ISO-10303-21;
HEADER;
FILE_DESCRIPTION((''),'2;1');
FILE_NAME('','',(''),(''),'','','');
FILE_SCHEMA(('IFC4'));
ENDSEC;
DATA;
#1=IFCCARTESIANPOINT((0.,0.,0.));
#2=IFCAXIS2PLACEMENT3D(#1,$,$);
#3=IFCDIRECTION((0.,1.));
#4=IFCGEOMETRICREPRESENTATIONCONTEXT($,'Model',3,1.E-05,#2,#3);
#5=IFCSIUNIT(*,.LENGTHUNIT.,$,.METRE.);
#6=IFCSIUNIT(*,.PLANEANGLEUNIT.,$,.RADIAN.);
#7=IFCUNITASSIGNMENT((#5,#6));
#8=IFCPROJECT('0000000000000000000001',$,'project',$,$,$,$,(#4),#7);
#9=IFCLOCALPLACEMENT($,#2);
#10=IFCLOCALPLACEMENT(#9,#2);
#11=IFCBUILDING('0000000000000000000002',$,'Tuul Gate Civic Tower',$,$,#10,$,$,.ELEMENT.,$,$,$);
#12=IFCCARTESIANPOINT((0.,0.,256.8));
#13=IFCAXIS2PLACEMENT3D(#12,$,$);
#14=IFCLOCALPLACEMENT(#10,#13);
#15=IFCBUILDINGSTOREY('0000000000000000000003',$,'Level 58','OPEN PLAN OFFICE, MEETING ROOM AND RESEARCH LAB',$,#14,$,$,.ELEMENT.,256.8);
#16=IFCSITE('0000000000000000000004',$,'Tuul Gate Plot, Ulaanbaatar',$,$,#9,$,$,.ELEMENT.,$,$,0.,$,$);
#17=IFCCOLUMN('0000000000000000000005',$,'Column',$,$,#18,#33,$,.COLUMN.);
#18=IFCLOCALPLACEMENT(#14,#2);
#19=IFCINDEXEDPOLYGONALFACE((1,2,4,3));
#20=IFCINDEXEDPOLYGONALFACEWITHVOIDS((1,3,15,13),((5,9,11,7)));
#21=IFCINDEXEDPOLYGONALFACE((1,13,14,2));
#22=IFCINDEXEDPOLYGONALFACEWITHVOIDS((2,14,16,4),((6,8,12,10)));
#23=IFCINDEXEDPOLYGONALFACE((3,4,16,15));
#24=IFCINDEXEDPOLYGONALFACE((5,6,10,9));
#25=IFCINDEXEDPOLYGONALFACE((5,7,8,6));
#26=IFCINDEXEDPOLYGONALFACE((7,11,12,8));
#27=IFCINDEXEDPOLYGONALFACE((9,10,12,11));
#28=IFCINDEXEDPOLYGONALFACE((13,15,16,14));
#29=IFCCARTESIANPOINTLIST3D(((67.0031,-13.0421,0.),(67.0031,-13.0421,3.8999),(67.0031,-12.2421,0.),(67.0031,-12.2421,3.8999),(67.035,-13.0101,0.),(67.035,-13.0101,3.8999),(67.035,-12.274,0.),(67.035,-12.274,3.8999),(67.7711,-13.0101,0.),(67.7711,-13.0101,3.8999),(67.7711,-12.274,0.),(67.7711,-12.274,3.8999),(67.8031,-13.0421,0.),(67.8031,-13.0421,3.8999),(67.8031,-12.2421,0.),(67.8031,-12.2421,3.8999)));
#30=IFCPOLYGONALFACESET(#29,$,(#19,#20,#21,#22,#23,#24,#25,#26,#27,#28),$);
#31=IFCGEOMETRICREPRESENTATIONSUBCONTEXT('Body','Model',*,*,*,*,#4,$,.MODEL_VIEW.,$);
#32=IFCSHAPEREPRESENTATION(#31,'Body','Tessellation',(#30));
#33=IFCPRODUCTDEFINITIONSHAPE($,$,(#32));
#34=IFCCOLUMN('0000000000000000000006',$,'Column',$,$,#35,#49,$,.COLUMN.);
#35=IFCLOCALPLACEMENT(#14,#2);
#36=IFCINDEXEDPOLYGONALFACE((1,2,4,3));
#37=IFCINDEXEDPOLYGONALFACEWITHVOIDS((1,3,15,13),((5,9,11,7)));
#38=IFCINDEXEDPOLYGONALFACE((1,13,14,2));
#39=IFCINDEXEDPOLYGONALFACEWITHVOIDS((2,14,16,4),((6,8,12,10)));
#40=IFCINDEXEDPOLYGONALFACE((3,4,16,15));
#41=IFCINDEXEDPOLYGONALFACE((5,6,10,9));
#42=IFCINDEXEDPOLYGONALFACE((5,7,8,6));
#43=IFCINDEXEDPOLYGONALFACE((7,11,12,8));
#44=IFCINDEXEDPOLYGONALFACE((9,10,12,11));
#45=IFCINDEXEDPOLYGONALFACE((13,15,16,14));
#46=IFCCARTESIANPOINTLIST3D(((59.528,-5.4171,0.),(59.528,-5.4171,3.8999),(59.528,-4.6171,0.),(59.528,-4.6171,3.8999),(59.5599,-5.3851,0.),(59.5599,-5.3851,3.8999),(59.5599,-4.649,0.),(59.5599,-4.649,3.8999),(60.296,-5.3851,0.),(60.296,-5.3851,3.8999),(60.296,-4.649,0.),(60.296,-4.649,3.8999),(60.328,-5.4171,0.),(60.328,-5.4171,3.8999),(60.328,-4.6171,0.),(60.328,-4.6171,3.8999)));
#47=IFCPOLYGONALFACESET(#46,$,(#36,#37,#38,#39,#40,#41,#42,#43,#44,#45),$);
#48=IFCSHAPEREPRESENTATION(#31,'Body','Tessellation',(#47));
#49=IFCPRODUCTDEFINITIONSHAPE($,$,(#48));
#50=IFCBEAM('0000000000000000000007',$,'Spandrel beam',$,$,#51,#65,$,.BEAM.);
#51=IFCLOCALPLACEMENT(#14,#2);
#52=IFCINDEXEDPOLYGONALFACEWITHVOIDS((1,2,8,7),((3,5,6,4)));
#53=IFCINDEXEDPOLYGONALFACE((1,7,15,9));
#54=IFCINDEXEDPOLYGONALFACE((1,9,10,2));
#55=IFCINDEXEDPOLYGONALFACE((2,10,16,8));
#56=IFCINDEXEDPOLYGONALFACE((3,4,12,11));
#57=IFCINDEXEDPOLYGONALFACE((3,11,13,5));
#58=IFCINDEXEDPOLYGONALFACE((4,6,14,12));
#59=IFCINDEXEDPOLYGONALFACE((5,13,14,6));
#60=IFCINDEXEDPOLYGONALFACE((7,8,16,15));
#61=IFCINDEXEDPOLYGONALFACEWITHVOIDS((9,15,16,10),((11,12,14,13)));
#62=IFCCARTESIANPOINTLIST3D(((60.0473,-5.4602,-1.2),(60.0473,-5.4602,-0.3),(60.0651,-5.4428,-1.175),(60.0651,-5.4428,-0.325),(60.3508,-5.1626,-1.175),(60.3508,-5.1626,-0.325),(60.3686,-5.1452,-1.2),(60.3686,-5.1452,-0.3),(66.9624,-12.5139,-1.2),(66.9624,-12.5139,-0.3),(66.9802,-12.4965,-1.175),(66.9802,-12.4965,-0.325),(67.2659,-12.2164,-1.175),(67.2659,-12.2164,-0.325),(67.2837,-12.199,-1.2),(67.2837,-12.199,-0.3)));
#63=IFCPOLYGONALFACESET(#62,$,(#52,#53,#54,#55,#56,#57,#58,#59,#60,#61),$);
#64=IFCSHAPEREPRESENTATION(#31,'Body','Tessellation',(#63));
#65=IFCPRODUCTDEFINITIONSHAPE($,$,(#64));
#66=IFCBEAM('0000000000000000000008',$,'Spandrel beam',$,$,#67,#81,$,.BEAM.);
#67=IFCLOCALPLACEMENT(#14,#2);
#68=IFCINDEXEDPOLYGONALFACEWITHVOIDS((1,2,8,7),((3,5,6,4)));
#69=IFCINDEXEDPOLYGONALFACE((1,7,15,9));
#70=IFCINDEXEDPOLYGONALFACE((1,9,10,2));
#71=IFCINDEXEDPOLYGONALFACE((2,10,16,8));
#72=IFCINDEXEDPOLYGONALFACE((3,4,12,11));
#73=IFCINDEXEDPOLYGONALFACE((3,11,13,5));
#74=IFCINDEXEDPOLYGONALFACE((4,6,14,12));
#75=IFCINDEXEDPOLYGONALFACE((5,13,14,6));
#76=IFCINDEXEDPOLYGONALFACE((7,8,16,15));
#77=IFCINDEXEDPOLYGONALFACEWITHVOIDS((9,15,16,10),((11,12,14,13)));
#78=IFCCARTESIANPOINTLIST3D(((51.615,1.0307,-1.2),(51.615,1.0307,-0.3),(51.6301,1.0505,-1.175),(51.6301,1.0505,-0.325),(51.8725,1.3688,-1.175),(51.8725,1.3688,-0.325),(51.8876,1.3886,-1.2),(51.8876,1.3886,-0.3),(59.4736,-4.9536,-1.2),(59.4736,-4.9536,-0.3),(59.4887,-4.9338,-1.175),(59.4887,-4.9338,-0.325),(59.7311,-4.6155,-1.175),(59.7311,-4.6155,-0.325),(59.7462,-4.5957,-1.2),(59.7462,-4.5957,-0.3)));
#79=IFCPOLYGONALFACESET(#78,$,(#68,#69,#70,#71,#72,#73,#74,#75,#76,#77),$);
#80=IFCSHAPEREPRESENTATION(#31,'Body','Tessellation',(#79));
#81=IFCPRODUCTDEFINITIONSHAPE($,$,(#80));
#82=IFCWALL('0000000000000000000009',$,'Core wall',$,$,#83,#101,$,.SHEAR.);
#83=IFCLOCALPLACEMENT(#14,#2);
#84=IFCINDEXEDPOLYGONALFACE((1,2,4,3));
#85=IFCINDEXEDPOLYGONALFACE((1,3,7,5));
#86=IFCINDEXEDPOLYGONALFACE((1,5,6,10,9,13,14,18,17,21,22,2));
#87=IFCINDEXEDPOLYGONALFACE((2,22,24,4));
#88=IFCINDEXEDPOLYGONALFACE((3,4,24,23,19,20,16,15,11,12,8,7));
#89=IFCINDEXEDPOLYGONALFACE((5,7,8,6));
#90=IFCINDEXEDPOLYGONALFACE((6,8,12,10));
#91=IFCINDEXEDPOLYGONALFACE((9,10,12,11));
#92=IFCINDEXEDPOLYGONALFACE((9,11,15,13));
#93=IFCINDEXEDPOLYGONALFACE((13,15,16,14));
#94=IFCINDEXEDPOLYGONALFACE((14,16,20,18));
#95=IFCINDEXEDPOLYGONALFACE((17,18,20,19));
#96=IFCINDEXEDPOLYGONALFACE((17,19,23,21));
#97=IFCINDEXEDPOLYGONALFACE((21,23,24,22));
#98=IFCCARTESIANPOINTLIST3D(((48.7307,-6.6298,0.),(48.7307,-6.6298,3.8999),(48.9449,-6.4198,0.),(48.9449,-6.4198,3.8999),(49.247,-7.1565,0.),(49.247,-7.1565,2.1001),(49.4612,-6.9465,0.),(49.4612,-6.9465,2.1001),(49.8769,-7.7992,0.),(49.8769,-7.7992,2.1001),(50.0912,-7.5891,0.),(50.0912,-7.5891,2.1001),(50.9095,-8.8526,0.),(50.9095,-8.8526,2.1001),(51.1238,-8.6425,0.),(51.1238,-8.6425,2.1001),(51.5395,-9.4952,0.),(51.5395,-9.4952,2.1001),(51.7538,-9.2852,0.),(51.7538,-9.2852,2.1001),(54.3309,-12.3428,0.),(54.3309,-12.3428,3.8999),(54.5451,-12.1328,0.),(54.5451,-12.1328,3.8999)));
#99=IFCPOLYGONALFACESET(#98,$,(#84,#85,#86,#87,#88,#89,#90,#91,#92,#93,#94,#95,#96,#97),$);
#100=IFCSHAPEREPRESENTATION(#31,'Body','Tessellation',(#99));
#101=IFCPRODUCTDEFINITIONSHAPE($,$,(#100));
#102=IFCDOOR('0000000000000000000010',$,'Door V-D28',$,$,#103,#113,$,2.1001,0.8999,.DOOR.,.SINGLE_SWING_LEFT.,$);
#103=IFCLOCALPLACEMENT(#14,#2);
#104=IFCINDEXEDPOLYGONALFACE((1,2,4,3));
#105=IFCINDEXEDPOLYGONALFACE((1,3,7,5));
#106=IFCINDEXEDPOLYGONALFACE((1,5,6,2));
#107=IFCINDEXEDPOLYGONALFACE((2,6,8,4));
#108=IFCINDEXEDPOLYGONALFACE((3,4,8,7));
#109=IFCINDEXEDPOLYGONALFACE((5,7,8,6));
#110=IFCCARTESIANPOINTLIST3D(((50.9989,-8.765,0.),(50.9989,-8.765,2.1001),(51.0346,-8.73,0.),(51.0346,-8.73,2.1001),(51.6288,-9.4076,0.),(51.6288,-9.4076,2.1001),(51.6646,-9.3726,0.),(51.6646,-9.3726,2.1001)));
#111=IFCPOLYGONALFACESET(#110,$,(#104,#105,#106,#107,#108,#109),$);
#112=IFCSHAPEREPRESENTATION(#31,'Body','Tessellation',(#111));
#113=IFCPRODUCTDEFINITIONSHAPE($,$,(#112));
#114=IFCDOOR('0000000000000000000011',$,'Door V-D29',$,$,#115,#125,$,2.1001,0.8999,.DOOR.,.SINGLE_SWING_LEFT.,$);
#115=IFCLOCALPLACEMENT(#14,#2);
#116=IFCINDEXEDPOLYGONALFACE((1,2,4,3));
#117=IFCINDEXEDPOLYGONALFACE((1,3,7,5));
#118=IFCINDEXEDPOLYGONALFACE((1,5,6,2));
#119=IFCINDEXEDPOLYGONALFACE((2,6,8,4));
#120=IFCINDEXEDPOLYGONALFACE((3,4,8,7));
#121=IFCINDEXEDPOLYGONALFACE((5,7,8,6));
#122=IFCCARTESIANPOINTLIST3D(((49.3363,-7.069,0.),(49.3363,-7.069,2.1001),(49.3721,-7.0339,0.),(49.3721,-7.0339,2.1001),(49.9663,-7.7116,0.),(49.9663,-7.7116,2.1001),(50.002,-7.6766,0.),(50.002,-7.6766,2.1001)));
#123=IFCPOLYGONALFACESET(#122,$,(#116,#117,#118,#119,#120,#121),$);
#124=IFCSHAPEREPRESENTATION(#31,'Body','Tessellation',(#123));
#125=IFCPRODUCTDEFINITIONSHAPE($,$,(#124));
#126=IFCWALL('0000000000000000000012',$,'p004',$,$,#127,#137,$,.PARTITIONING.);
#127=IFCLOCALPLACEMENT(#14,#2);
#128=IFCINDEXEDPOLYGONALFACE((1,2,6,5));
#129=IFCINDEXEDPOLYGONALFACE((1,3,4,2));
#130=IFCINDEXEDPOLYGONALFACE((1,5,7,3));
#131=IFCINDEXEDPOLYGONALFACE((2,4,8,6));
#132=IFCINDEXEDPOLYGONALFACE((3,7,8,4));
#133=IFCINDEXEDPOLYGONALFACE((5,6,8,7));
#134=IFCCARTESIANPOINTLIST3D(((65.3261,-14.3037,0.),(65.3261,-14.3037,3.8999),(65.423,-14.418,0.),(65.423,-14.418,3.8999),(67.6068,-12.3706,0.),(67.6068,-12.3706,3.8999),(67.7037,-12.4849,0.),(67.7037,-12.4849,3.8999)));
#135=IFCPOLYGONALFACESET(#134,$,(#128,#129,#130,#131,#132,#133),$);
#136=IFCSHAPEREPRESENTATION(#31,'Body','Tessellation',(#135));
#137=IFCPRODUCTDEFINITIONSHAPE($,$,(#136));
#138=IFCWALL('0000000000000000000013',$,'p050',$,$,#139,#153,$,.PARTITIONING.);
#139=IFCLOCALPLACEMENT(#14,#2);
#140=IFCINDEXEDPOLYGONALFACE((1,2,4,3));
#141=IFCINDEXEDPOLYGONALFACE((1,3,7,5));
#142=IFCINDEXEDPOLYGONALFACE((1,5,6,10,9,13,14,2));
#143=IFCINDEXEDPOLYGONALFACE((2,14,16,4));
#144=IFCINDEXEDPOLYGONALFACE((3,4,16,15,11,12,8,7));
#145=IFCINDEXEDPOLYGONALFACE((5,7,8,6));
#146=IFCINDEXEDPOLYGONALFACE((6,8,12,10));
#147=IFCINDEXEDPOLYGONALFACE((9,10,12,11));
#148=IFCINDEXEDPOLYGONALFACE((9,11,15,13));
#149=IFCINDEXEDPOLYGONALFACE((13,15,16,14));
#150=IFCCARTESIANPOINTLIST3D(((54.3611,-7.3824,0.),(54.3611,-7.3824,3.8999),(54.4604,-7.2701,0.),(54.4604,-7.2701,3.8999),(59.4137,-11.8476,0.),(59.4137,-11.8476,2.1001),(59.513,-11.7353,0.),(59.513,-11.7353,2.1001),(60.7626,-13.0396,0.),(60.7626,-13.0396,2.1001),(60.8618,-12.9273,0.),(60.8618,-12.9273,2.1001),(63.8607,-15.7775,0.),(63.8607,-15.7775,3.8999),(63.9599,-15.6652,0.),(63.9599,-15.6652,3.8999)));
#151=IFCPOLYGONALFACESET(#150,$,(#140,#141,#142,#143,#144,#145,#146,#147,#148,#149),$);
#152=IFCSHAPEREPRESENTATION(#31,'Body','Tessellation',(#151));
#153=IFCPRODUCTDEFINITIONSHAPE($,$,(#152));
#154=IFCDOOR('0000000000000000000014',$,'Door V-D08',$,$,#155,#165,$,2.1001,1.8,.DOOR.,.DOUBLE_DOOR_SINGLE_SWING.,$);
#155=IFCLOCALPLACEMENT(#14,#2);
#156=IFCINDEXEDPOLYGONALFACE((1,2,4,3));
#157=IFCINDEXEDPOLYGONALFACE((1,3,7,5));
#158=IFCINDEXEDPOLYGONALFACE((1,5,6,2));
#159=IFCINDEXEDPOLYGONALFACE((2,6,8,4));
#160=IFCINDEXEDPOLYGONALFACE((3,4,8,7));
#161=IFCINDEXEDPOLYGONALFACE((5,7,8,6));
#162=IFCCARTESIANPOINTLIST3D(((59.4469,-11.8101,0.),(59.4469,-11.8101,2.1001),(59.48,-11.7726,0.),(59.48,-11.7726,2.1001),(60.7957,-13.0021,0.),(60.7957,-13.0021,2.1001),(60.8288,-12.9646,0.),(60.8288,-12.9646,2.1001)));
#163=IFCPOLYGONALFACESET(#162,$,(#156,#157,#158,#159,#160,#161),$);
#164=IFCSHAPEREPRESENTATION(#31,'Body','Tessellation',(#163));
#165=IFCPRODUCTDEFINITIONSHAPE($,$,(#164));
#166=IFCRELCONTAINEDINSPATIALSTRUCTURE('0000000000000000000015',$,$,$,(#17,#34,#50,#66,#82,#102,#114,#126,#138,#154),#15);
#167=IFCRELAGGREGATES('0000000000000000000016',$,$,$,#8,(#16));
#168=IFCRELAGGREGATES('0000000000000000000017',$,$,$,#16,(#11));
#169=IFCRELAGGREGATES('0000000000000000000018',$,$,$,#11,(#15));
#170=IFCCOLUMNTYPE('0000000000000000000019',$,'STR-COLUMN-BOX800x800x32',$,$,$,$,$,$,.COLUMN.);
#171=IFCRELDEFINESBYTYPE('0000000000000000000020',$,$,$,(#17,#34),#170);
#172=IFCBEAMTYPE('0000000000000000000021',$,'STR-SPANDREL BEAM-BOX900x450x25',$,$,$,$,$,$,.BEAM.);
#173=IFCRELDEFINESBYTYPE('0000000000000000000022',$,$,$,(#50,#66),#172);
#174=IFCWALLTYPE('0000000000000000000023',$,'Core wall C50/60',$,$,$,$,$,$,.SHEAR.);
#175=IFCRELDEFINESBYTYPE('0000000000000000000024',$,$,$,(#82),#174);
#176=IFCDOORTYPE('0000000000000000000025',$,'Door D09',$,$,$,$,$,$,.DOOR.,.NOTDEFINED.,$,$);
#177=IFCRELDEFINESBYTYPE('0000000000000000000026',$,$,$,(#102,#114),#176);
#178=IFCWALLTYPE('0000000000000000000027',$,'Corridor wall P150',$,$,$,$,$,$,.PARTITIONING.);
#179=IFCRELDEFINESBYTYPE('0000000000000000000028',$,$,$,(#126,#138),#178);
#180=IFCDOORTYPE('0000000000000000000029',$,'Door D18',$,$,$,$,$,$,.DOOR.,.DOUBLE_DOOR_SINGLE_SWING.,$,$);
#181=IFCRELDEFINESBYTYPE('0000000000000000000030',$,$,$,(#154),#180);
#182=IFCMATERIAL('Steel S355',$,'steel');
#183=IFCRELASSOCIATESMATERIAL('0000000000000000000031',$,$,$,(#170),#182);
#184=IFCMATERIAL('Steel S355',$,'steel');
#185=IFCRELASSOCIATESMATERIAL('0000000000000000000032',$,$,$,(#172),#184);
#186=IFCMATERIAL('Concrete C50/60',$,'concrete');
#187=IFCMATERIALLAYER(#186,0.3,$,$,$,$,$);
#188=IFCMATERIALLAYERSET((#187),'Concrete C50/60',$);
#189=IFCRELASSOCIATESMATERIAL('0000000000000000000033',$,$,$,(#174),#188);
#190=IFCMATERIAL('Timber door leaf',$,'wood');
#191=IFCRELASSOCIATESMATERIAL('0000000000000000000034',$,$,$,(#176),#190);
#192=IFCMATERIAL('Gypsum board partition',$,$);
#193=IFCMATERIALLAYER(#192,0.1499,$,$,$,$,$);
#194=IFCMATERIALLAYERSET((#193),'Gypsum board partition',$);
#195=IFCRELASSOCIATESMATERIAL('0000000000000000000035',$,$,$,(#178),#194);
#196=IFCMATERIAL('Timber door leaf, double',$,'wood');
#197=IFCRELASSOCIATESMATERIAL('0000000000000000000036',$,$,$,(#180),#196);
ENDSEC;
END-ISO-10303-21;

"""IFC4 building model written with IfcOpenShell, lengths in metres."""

from ifc_helpers import new_model, si_unit, direction, frame, frame_2d, origin, origin_2d, place, context, subcontext, project, spatial, rectangle, hollow_rectangle, extrude, material, layer, layer_set, material_profile, profile_set, type_object, element, fill, save


model = new_model("IFC4")

# Units and contexts
model_context = context("Model", 3, precision=1e-05, world=origin(), true_north=direction((0.0, 1.0)))
body_context = subcontext(model_context, "Body", "Model", "MODEL_VIEW")
ifc_project = project(units=[si_unit("LENGTHUNIT", "METRE"), si_unit("PLANEANGLEUNIT", "RADIAN")], contexts=[model_context])

# Site, building, storey
site_placement = place(None, origin())
site = spatial("IfcSite", under=ifc_project, at=site_placement, Name="Tuul Gate Plot, Ulaanbaatar", CompositionType="ELEMENT", RefElevation=0.0)
building_placement = place(site_placement, origin())
building = spatial("IfcBuilding", under=site, at=building_placement, Name="Tuul Gate Civic Tower", CompositionType="ELEMENT")
storey_placement = place(building_placement, frame((0.0, 0.0, 256.8)))
storey = spatial("IfcBuildingStorey", under=building, at=storey_placement, Name="Level 58", Description="OPEN PLAN OFFICE, MEETING ROOM AND RESEARCH LAB", CompositionType="ELEMENT", Elevation=256.8)

# Columns
ifc_material_1 = material(Name="Steel S355", Category="steel")
ifc_material_profile_1 = material_profile(ifc_material_1, hollow_rectangle(XDim=0.8, YDim=0.8, WallThickness=0.032, at=origin_2d()), Name="BOX800x800x32")
ifc_profile_set_1 = profile_set([ifc_material_profile_1], Name="Steel S355")
column_type = type_object("IfcColumnType", Name="STR-COLUMN-BOX800x800x32", PredefinedType="COLUMN", material=ifc_profile_set_1)
for number, where, z_axis, x_axis, name in (
    (1, (67.4031, -12.6421, 0.0), (0.0, 0.0, 1.0), (1.0, 0.0, 0.0), "Column"),
    (2, (59.928, -5.0171, 0.0), (0.0, 0.0, 1.0), (1.0, 0.0, 0.0), "Column"),
):
    element("IfcColumn", number, at=place(storey_placement, frame(where, z_axis=z_axis, x_axis=x_axis)), inside=storey, type_object=column_type, Name=name, PredefinedType="COLUMN", context=body_context, shape_type="SweptSolid", body=[
        extrude(hollow_rectangle(XDim=0.8, YDim=0.8, WallThickness=0.032, at=origin_2d()), origin(), (0.0, 0.0, 1.0), 3.8999),
    ])

# Beams
ifc_material_2 = material(Name="Steel S355", Category="steel")
ifc_material_profile_2 = material_profile(ifc_material_2, hollow_rectangle(XDim=0.45, YDim=0.8999, WallThickness=0.0249, at=origin_2d()), Name="BOX900x450x25")
ifc_profile_set_2 = profile_set([ifc_material_profile_2], Name="Steel S355")
beam_type = type_object("IfcBeamType", Name="STR-SPANDREL BEAM-BOX900x450x25", PredefinedType="BEAM", material=ifc_profile_set_2)
beam_1_placement = place(storey_placement, frame((67.123, -12.3564, -0.75), z_axis=(-0.700053, 0.714091, 0.0), x_axis=(-0.714091, -0.700053, 0.0)))
element("IfcBeam", 3, at=beam_1_placement, inside=storey, type_object=beam_type, Name="Spandrel beam", PredefinedType="BEAM", context=body_context, shape_type="SweptSolid", body=[
    extrude(hollow_rectangle(XDim=0.45, YDim=0.8999, WallThickness=0.0249, at=origin_2d()), origin(), (0.0, 0.0, 1.0), 9.8779),
])
beam_2_placement = place(storey_placement, frame((59.6099, -4.7747, -0.75), z_axis=(-0.795586, 0.605841, 0.0), x_axis=(-0.605841, -0.795586, 0.0)))
element("IfcBeam", 4, at=beam_2_placement, inside=storey, type_object=beam_type, Name="Spandrel beam", PredefinedType="BEAM", context=body_context, shape_type="SweptSolid", body=[
    extrude(hollow_rectangle(XDim=0.45, YDim=0.8999, WallThickness=0.0249, at=origin_2d()), origin(), (0.0, 0.0, 1.0), 9.8777),
])

# Wall, openings, doors
ifc_material_3 = material(Name="Concrete C50/60", Category="concrete")
ifc_layer_1 = layer(ifc_material_3, 0.3)
ifc_layer_set_1 = layer_set([ifc_layer_1], Name="Concrete C50/60")
wall_type_1 = type_object("IfcWallType", Name="Core wall C50/60", PredefinedType="SHEAR", material=ifc_layer_set_1)
wall_1_placement = place(storey_placement, frame((54.438, -12.2378, 0.0), z_axis=(0.0, 0.0, 1.0), x_axis=(-0.700022, 0.714121, 0.0)))
wall_1 = element("IfcWall", 5, at=wall_1_placement, inside=storey, type_object=wall_type_1, Name="Core wall", PredefinedType="SHEAR", context=body_context, shape_type="SweptSolid", body=[
    extrude(rectangle(XDim=8.0, YDim=0.3, at=frame_2d((4.0, 0.0))), origin(), (0.0, 0.0, 1.0), 3.8999),
])
opening_1_placement = place(wall_1_placement, frame((3.9875, 0.0, 0.0)))
opening_1 = element("IfcOpeningElement", 6, at=opening_1_placement, cuts=wall_1, PredefinedType="OPENING", context=body_context, shape_type="SweptSolid", body=[
    extrude(rectangle(XDim=0.8999, YDim=2.1001, at=frame_2d((0.45, 1.05))), frame((0.0, 0.1602, 0.0), z_axis=(0.0, -1.0, 0.0), x_axis=(1.0, 0.0, 0.0)), (0.0, 0.0, 1.0), 0.3201),
])
opening_2_placement = place(wall_1_placement, frame((6.3625, 0.0, 0.0)))
opening_2 = element("IfcOpeningElement", 7, at=opening_2_placement, cuts=wall_1, PredefinedType="OPENING", context=body_context, shape_type="SweptSolid", body=[
    extrude(rectangle(XDim=0.8999, YDim=2.1001, at=frame_2d((0.45, 1.05))), frame((0.0, 0.1602, 0.0), z_axis=(0.0, -1.0, 0.0), x_axis=(1.0, 0.0, 0.0)), (0.0, 0.0, 1.0), 0.3201),
])
ifc_material_4 = material(Name="Timber door leaf", Category="wood")
door_type_1 = type_object("IfcDoorType", Name="Door D09", OperationType="NOTDEFINED", PredefinedType="DOOR", material=ifc_material_4)
door_1_placement = place(opening_1_placement, origin())
door_1 = element("IfcDoor", 8, at=door_1_placement, inside=storey, type_object=door_type_1, Name="Door V-D28", OperationType="SINGLE_SWING_LEFT", OverallHeight=2.1001, OverallWidth=0.8999, PredefinedType="DOOR", context=body_context, shape_type="SweptSolid", body=[
    extrude(rectangle(XDim=0.8999, YDim=2.1001, at=frame_2d((0.45, 1.05))), frame((0.0, 0.0249, 0.0), z_axis=(0.0, -1.0, 0.0), x_axis=(1.0, 0.0, 0.0)), (0.0, 0.0, 1.0), 0.05),
])
fill(opening_1, door_1)
door_2_placement = place(opening_2_placement, origin())
door_2 = element("IfcDoor", 9, at=door_2_placement, inside=storey, type_object=door_type_1, Name="Door V-D29", OperationType="SINGLE_SWING_LEFT", OverallHeight=2.1001, OverallWidth=0.8999, PredefinedType="DOOR", context=body_context, shape_type="SweptSolid", body=[
    extrude(rectangle(XDim=0.8999, YDim=2.1001, at=frame_2d((0.45, 1.05))), frame((0.0, 0.0249, 0.0), z_axis=(0.0, -1.0, 0.0), x_axis=(1.0, 0.0, 0.0)), (0.0, 0.0, 1.0), 0.05),
])
fill(opening_2, door_2)

# Wall
ifc_material_5 = material(Name="Gypsum board partition")
ifc_layer_2 = layer(ifc_material_5, 0.1499)
ifc_layer_set_2 = layer_set([ifc_layer_2], Name="Gypsum board partition")
wall_type_2 = type_object("IfcWallType", Name="Corridor wall P150", PredefinedType="PARTITIONING", material=ifc_layer_set_2)
wall_2_placement = place(storey_placement, frame((65.3745, -14.3608, 0.0), z_axis=(0.0, 0.0, 1.0), x_axis=(0.762853, 0.646572, 0.0)))
element("IfcWall", 10, at=wall_2_placement, inside=storey, type_object=wall_type_2, Name="p004", PredefinedType="PARTITIONING", context=body_context, shape_type="SweptSolid", body=[
    extrude(rectangle(XDim=2.9897, YDim=0.1499, at=frame_2d((1.4949, 0.0))), origin(), (0.0, 0.0, 1.0), 3.8999),
])

# Wall, opening, door
wall_3_placement = place(storey_placement, frame((54.4106, -7.3262, 0.0), z_axis=(0.0, 0.0, 1.0), x_axis=(0.749325, -0.662202, 0.0)))
wall_3 = element("IfcWall", 11, at=wall_3_placement, inside=storey, type_object=wall_type_2, Name="p050", PredefinedType="PARTITIONING", context=body_context, shape_type="SweptSolid", body=[
    extrude(rectangle(XDim=12.6775, YDim=0.1499, at=frame_2d((6.3389, 0.0))), origin(), (0.0, 0.0, 1.0), 3.8999),
])
opening_3_placement = place(wall_3_placement, frame((6.7432, 0.0, 0.0)))
opening_3 = element("IfcOpeningElement", 12, at=opening_3_placement, cuts=wall_3, PredefinedType="OPENING", context=body_context, shape_type="SweptSolid", body=[
    extrude(rectangle(XDim=1.8, YDim=2.1001, at=frame_2d((0.8999, 1.05))), frame((0.0, 0.085, 0.0), z_axis=(0.0, -1.0, 0.0), x_axis=(1.0, 0.0, 0.0)), (0.0, 0.0, 1.0), 0.1699),
])
ifc_material_6 = material(Name="Timber door leaf, double", Category="wood")
door_type_2 = type_object("IfcDoorType", Name="Door D18", OperationType="DOUBLE_DOOR_SINGLE_SWING", PredefinedType="DOOR", material=ifc_material_6)
door_3_placement = place(opening_3_placement, frame((1.8, 0.0, 0.0), z_axis=(0.0, 0.0, 1.0), x_axis=(-1.0, 0.0, 0.0)))
door_3 = element("IfcDoor", 13, at=door_3_placement, inside=storey, type_object=door_type_2, Name="Door V-D08", OperationType="DOUBLE_DOOR_SINGLE_SWING", OverallHeight=2.1001, OverallWidth=1.8, PredefinedType="DOOR", context=body_context, shape_type="SweptSolid", body=[
    extrude(rectangle(XDim=1.8, YDim=2.1001, at=frame_2d((0.9001, 1.05))), frame((0.0, 0.0249, 0.0), z_axis=(0.0, -1.0, 0.0), x_axis=(1.0, 0.0, 0.0)), (0.0, 0.0, 1.0), 0.05),
])
fill(opening_3, door_3)

save(model, "model.ifc")
